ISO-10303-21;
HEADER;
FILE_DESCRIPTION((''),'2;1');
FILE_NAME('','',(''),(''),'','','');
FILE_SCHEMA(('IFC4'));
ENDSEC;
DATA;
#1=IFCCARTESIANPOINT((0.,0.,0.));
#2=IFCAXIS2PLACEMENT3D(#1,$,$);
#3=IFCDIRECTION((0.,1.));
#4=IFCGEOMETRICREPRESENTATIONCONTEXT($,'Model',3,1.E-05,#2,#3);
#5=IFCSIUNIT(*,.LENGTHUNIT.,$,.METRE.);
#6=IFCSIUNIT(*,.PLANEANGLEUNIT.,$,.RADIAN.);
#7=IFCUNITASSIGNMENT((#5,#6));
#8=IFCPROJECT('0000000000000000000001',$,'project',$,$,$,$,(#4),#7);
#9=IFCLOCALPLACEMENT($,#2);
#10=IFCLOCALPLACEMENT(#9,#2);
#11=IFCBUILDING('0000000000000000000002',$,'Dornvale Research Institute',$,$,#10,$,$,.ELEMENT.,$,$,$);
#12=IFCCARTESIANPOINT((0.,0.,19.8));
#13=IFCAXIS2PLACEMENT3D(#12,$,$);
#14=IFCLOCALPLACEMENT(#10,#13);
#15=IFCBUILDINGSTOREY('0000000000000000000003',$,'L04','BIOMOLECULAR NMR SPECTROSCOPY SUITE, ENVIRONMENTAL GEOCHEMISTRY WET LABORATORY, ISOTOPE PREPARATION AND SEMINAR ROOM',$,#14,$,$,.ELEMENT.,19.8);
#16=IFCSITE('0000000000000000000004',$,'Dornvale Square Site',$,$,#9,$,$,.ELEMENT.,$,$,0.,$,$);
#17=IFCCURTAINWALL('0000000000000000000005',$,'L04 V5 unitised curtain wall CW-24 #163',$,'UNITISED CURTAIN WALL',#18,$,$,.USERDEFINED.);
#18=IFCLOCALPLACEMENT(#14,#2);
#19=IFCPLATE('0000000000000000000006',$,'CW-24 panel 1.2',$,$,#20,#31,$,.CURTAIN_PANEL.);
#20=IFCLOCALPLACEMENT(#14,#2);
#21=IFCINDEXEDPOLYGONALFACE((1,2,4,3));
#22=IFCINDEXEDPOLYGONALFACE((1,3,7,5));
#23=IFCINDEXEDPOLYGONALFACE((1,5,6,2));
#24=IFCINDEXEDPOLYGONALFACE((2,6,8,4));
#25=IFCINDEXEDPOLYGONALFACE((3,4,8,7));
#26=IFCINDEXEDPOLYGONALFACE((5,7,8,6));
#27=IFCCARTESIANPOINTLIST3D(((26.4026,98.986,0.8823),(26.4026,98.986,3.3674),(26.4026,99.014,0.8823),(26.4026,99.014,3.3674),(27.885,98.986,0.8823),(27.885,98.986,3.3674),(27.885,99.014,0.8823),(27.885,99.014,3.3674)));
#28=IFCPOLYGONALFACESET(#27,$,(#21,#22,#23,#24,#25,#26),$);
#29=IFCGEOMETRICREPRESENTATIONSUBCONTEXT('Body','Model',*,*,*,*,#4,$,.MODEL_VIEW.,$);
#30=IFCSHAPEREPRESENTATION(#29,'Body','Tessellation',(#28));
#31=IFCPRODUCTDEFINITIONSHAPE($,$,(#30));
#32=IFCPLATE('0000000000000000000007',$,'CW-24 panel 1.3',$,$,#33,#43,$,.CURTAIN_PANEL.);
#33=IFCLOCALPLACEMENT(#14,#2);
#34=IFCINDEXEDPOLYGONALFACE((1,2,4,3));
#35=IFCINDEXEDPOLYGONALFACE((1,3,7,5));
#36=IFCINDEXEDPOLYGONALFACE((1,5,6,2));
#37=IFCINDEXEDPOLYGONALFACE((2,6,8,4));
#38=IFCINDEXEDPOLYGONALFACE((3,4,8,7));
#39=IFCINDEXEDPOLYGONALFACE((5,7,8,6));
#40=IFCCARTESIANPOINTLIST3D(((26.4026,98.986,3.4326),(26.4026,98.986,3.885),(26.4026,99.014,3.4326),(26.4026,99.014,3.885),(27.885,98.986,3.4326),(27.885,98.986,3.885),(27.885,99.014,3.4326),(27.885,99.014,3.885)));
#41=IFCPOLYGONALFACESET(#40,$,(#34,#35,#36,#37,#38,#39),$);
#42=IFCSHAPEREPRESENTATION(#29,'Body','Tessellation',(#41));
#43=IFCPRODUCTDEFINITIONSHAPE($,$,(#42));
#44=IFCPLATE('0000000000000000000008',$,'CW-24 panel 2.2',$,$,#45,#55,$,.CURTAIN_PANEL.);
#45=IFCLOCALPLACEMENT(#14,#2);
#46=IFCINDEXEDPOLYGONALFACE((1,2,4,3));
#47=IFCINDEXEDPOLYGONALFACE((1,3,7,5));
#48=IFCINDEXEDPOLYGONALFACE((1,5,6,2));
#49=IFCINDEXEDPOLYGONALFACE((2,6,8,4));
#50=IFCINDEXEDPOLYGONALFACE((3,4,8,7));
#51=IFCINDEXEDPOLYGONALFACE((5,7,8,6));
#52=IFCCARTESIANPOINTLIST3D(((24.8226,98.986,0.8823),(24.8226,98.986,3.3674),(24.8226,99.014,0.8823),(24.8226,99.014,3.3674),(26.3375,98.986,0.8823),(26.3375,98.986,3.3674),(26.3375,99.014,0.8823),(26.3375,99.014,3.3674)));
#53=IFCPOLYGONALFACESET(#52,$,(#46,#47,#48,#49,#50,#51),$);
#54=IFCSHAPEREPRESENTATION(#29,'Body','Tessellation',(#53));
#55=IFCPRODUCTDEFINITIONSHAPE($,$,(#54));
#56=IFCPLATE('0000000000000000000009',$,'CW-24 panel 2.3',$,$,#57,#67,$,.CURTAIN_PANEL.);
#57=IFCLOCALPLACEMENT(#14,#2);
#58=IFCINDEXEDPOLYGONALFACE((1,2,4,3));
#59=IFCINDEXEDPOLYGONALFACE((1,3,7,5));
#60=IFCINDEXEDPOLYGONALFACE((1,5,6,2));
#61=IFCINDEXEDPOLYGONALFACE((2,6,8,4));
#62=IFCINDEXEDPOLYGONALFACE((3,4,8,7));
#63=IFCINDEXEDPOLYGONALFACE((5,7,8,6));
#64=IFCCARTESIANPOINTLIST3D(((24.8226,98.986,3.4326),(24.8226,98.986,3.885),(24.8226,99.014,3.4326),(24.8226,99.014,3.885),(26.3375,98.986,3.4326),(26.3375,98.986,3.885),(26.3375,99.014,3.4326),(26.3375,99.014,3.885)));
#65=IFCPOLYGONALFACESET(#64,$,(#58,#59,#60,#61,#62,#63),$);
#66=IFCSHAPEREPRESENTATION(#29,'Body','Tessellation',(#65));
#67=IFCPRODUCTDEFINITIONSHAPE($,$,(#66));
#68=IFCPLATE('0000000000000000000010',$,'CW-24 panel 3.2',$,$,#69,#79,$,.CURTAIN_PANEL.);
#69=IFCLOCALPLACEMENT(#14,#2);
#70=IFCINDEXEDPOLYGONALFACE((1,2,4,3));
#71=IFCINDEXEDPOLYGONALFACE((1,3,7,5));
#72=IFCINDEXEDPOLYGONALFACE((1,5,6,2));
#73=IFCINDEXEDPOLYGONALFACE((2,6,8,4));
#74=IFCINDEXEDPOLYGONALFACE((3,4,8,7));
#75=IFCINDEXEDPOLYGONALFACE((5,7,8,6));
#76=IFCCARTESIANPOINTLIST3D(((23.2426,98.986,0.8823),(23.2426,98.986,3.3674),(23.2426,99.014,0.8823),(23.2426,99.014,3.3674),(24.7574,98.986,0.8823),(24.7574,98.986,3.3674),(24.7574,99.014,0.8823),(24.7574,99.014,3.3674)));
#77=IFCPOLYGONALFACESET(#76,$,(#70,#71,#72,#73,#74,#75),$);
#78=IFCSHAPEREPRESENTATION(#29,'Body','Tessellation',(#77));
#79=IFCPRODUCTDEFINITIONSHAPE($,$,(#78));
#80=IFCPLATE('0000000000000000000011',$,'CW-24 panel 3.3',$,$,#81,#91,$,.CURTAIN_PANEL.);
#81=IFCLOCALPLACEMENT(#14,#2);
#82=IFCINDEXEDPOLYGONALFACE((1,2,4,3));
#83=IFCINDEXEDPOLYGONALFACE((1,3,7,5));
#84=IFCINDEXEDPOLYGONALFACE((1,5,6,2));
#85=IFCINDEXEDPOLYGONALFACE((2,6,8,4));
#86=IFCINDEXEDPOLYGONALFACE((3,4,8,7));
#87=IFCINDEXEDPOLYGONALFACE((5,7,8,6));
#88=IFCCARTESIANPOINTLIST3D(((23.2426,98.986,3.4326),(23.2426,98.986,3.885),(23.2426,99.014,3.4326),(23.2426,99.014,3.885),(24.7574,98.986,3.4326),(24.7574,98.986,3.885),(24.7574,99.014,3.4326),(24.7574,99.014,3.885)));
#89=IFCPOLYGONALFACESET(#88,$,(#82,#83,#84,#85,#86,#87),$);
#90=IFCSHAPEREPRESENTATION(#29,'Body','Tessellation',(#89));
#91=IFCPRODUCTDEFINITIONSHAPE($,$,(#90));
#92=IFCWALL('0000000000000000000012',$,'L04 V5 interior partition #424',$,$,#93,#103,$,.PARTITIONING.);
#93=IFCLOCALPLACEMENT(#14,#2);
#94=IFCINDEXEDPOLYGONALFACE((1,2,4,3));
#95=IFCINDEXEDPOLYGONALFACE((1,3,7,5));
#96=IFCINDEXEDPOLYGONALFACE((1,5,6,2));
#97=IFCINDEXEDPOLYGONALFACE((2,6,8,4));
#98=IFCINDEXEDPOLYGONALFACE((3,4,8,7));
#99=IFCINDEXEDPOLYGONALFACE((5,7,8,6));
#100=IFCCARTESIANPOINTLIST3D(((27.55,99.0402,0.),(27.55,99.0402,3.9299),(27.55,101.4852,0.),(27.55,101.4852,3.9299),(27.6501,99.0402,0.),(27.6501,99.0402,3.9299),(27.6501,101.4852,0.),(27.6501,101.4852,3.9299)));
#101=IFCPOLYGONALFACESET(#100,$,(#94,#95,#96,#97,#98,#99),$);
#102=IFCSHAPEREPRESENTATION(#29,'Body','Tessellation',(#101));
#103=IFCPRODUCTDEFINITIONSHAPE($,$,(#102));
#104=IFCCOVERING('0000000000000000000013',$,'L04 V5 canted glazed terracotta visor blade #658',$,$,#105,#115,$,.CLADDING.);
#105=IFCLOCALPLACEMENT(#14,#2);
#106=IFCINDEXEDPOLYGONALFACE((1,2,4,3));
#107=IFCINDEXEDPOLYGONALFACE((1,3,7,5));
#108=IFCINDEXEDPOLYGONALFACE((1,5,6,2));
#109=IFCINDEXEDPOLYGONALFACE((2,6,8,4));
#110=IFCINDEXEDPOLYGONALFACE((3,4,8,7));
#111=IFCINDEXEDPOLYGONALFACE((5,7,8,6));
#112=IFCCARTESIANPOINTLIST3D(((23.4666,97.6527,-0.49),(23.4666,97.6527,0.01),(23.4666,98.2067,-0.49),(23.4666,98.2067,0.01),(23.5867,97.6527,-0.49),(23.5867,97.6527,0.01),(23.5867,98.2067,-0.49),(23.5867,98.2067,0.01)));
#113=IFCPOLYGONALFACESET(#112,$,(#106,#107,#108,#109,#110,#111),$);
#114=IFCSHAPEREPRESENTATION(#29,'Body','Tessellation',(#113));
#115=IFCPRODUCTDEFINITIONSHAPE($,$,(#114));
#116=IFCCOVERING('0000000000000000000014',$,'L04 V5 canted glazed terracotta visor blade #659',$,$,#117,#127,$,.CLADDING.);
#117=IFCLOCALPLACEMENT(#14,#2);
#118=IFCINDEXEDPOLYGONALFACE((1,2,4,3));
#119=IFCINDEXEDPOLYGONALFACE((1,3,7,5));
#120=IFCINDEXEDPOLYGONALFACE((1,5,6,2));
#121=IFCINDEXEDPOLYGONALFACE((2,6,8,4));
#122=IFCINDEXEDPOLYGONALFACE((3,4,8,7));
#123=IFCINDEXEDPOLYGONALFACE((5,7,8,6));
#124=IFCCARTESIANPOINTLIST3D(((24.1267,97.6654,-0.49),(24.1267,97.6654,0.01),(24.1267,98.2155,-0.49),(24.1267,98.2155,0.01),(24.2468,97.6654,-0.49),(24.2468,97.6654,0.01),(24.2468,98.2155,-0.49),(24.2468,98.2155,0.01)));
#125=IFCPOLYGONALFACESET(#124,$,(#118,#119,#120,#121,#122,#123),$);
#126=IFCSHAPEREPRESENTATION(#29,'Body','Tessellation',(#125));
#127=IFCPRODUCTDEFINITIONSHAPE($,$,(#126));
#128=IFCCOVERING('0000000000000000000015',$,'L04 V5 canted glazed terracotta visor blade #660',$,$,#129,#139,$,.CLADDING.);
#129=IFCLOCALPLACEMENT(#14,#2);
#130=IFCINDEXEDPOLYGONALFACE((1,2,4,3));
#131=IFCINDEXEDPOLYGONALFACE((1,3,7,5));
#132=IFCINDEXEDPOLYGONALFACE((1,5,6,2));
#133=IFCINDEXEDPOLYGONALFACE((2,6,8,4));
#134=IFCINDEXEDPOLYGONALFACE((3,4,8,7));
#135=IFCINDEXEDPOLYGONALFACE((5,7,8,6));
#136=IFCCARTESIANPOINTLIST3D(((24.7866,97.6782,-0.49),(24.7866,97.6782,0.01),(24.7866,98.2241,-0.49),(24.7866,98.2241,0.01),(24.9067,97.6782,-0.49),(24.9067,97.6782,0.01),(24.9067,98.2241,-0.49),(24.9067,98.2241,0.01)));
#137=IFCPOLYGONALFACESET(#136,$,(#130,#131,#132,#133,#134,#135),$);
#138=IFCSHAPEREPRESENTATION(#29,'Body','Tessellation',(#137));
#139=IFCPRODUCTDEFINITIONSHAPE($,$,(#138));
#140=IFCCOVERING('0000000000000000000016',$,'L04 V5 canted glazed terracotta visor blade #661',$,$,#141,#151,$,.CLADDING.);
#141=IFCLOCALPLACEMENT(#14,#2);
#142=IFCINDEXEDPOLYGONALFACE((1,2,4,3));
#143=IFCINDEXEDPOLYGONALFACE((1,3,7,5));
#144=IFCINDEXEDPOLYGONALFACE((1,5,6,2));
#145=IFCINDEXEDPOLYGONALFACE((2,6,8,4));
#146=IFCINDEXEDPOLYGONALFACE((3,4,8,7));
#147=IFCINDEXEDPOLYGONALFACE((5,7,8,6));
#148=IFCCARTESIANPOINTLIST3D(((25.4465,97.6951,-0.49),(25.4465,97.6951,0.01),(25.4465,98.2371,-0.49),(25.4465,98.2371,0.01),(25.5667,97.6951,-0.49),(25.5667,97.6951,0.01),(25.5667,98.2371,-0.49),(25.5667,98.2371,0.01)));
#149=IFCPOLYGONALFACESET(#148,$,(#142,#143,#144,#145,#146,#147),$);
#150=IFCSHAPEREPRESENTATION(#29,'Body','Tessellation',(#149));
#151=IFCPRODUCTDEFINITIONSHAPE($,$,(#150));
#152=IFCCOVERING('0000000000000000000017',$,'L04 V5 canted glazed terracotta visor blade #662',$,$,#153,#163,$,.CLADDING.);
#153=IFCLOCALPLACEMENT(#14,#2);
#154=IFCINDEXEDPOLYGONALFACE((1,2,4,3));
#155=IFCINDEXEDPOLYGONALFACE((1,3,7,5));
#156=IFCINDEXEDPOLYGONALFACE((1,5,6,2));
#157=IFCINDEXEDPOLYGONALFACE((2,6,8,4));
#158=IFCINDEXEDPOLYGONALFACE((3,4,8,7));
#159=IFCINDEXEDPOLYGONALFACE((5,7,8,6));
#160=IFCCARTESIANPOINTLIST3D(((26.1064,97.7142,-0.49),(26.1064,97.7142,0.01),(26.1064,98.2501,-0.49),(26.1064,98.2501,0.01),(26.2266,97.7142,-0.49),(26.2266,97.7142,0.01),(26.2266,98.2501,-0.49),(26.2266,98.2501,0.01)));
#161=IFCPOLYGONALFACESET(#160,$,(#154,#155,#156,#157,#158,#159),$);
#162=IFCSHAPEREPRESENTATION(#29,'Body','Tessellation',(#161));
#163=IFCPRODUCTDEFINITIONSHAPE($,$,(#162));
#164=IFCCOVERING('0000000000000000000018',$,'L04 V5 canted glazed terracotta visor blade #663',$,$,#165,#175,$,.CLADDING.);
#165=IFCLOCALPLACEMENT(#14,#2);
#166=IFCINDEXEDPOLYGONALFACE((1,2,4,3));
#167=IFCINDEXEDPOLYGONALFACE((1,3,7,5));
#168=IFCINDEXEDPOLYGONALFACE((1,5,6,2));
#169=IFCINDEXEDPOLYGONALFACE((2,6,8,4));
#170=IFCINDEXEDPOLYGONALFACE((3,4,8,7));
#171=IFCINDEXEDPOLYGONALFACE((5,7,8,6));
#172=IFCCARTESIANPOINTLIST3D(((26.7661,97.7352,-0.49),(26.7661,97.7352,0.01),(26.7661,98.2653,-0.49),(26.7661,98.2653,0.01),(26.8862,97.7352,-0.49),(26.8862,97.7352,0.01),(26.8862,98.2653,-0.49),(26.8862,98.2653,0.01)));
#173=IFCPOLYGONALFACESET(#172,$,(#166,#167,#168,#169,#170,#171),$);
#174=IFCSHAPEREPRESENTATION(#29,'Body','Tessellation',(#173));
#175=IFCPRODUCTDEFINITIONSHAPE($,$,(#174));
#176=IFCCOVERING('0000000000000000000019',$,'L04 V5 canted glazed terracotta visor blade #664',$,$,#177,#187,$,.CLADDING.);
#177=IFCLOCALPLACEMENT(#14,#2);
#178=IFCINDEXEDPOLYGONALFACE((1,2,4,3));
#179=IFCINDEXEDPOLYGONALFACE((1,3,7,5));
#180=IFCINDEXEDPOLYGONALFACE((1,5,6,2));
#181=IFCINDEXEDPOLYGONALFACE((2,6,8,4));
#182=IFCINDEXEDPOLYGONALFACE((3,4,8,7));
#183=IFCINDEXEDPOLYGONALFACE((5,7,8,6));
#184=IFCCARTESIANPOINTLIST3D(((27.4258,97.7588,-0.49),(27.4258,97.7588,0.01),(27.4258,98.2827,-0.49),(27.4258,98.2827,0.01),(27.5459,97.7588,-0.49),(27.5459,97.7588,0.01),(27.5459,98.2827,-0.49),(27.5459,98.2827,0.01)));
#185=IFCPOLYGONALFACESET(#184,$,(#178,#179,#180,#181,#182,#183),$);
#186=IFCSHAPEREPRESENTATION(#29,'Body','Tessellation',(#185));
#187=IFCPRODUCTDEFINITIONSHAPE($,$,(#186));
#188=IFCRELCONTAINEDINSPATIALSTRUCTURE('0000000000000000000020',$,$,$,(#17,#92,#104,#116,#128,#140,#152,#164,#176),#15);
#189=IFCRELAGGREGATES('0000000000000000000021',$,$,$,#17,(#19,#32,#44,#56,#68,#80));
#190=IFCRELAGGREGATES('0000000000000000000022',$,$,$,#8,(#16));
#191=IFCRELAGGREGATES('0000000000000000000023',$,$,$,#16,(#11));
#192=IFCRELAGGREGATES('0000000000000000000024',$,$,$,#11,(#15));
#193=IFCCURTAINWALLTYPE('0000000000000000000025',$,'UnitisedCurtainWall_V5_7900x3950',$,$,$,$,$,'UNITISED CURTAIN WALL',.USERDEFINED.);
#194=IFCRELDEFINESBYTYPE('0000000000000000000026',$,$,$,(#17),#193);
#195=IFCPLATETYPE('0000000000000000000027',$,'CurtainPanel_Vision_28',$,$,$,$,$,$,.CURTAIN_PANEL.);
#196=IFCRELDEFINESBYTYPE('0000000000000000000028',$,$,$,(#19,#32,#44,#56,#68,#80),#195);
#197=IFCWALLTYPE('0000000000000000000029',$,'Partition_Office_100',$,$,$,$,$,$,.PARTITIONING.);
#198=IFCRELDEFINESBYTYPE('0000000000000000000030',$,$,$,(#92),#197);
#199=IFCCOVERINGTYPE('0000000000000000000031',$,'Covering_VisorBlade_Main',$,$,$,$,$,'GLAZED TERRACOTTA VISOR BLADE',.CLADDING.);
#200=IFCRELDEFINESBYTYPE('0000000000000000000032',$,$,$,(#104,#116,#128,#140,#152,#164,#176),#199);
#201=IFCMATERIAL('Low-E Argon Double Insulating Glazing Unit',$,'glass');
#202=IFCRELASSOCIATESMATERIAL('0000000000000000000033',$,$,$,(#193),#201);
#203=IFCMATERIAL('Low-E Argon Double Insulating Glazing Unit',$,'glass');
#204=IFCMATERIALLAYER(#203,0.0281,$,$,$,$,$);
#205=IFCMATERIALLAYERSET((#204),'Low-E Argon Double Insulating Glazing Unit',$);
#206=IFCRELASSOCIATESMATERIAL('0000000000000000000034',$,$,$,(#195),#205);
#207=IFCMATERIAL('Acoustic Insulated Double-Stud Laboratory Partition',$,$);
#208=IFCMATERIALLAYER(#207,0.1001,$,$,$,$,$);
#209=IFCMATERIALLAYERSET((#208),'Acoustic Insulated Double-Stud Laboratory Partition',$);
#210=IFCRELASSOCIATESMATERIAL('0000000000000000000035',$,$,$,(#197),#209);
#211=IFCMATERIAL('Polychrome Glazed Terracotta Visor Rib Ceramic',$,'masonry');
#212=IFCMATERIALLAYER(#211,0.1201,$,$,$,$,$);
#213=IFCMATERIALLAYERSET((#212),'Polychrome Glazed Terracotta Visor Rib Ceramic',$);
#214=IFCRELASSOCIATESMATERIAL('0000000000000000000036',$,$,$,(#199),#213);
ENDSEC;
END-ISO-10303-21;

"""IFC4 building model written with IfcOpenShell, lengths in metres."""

from ifc_helpers import new_model, si_unit, direction, frame, frame_2d, origin, origin_2d, place, context, subcontext, project, spatial, rectangle, extrude, material, layer, layer_set, type_object, element, aggregate, save


model = new_model("IFC4")

# Units and contexts
model_context = context("Model", 3, precision=1e-05, world=origin(), true_north=direction((0.0, 1.0)))
body_context = subcontext(model_context, "Body", "Model", "MODEL_VIEW")
ifc_project = project(units=[si_unit("LENGTHUNIT", "METRE"), si_unit("PLANEANGLEUNIT", "RADIAN")], contexts=[model_context])

# Site, building, storey
site_placement = place(None, origin())
site = spatial("IfcSite", under=ifc_project, at=site_placement, Name="Dornvale Square Site", CompositionType="ELEMENT", RefElevation=0.0)
building_placement = place(site_placement, origin())
building = spatial("IfcBuilding", under=site, at=building_placement, Name="Dornvale Research Institute", CompositionType="ELEMENT")
storey_placement = place(building_placement, frame((0.0, 0.0, 19.8)))
storey = spatial("IfcBuildingStorey", under=building, at=storey_placement, Name="L04", Description="BIOMOLECULAR NMR SPECTROSCOPY SUITE, ENVIRONMENTAL GEOCHEMISTRY WET LABORATORY, ISOTOPE PREPARATION AND SEMINAR ROOM", CompositionType="ELEMENT", Elevation=19.8)

# Curtain wall, plates
ifc_material_1 = material(Name="Low-E Argon Double Insulating Glazing Unit", Category="glass")
curtain_wall_type = type_object("IfcCurtainWallType", Name="UnitisedCurtainWall_V5_7900x3950", ElementType="UNITISED CURTAIN WALL", PredefinedType="USERDEFINED", material=ifc_material_1)
curtain_wall_placement = place(storey_placement, origin())
curtain_wall = element("IfcCurtainWall", 1, at=curtain_wall_placement, inside=storey, type_object=curtain_wall_type, Name="L04 V5 unitised curtain wall CW-24 #163", ObjectType="UNITISED CURTAIN WALL", PredefinedType="USERDEFINED")
ifc_material_2 = material(Name="Low-E Argon Double Insulating Glazing Unit", Category="glass")
ifc_layer_1 = layer(ifc_material_2, 0.0281)
ifc_layer_set_1 = layer_set([ifc_layer_1], Name="Low-E Argon Double Insulating Glazing Unit")
plate_type_1 = type_object("IfcPlateType", Name="CurtainPanel_Vision_28", PredefinedType="CURTAIN_PANEL", material=ifc_layer_set_1)
plate_1_placement = place(storey_placement, frame((27.1438, 99.0, 0.8823), z_axis=(0.0, 0.0, 1.0), x_axis=(-1.0, 0.0, 0.0)))
plate_1 = element("IfcPlate", 2, at=plate_1_placement, type_object=plate_type_1, Name="CW-24 panel 1.2", PredefinedType="CURTAIN_PANEL", context=body_context, shape_type="SweptSolid", body=[
    extrude(rectangle(XDim=1.4824, YDim=0.0281, at=origin_2d()), origin(), (0.0, 0.0, 1.0), 2.4851),
])
plate_2_placement = place(storey_placement, frame((27.1438, 99.0, 3.4326), z_axis=(0.0, 0.0, 1.0), x_axis=(-1.0, 0.0, 0.0)))
plate_2 = element("IfcPlate", 3, at=plate_2_placement, type_object=plate_type_1, Name="CW-24 panel 1.3", PredefinedType="CURTAIN_PANEL", context=body_context, shape_type="SweptSolid", body=[
    extrude(rectangle(XDim=1.4824, YDim=0.0281, at=origin_2d()), origin(), (0.0, 0.0, 1.0), 0.4524),
])
plate_3_placement = place(storey_placement, frame((25.5801, 99.0, 0.8823), z_axis=(0.0, 0.0, 1.0), x_axis=(-1.0, 0.0, 0.0)))
plate_3 = element("IfcPlate", 4, at=plate_3_placement, type_object=plate_type_1, Name="CW-24 panel 2.2", PredefinedType="CURTAIN_PANEL", context=body_context, shape_type="SweptSolid", body=[
    extrude(rectangle(XDim=1.5149, YDim=0.0281, at=origin_2d()), origin(), (0.0, 0.0, 1.0), 2.4851),
])
plate_4_placement = place(storey_placement, frame((25.5801, 99.0, 3.4326), z_axis=(0.0, 0.0, 1.0), x_axis=(-1.0, 0.0, 0.0)))
plate_4 = element("IfcPlate", 5, at=plate_4_placement, type_object=plate_type_1, Name="CW-24 panel 2.3", PredefinedType="CURTAIN_PANEL", context=body_context, shape_type="SweptSolid", body=[
    extrude(rectangle(XDim=1.5149, YDim=0.0281, at=origin_2d()), origin(), (0.0, 0.0, 1.0), 0.4524),
])
plate_5_placement = place(storey_placement, frame((24.0, 99.0, 0.8823), z_axis=(0.0, 0.0, 1.0), x_axis=(-1.0, 0.0, 0.0)))
plate_5 = element("IfcPlate", 6, at=plate_5_placement, type_object=plate_type_1, Name="CW-24 panel 3.2", PredefinedType="CURTAIN_PANEL", context=body_context, shape_type="SweptSolid", body=[
    extrude(rectangle(XDim=1.5149, YDim=0.0281, at=origin_2d()), origin(), (0.0, 0.0, 1.0), 2.4851),
])
plate_6_placement = place(storey_placement, frame((24.0, 99.0, 3.4326), z_axis=(0.0, 0.0, 1.0), x_axis=(-1.0, 0.0, 0.0)))
plate_6 = element("IfcPlate", 7, at=plate_6_placement, type_object=plate_type_1, Name="CW-24 panel 3.3", PredefinedType="CURTAIN_PANEL", context=body_context, shape_type="SweptSolid", body=[
    extrude(rectangle(XDim=1.5149, YDim=0.0281, at=origin_2d()), origin(), (0.0, 0.0, 1.0), 0.4524),
])
aggregate(curtain_wall, [plate_1, plate_2, plate_3, plate_4, plate_5, plate_6])

# Wall
ifc_material_3 = material(Name="Acoustic Insulated Double-Stud Laboratory Partition")
ifc_layer_2 = layer(ifc_material_3, 0.1001)
ifc_layer_set_2 = layer_set([ifc_layer_2], Name="Acoustic Insulated Double-Stud Laboratory Partition")
wall_type = type_object("IfcWallType", Name="Partition_Office_100", PredefinedType="PARTITIONING", material=ifc_layer_set_2)
wall_placement = place(storey_placement, frame((27.6001, 99.04, 0.0), z_axis=(0.0, 0.0, 1.0), x_axis=(0.0, 1.0, 0.0)))
element("IfcWall", 8, at=wall_placement, inside=storey, type_object=wall_type, Name="L04 V5 interior partition #424", PredefinedType="PARTITIONING", context=body_context, shape_type="SweptSolid", body=[
    extrude(rectangle(XDim=2.4451, YDim=0.1001, at=frame_2d((1.2227, 0.0))), origin(), (0.0, 0.0, 1.0), 3.9299),
])

# Coverings
ifc_material_4 = material(Name="Polychrome Glazed Terracotta Visor Rib Ceramic", Category="masonry")
ifc_layer_3 = layer(ifc_material_4, 0.1201)
ifc_layer_set_3 = layer_set([ifc_layer_3], Name="Polychrome Glazed Terracotta Visor Rib Ceramic")
covering_type = type_object("IfcCoveringType", Name="Covering_VisorBlade_Main", ElementType="GLAZED TERRACOTTA VISOR BLADE", PredefinedType="CLADDING", material=ifc_layer_set_3)
covering_1_placement = place(storey_placement, frame((23.5266, 97.9297, -0.49), z_axis=(0.0, 0.0, 1.0), x_axis=(0.0, 1.0, 0.0)))
element("IfcCovering", 9, at=covering_1_placement, inside=storey, type_object=covering_type, Name="L04 V5 canted glazed terracotta visor blade #658", PredefinedType="CLADDING", context=body_context, shape_type="SweptSolid", body=[
    extrude(rectangle(XDim=0.554, YDim=0.1201, at=origin_2d()), origin(), (0.0, 0.0, 1.0), 0.5),
])
covering_2_placement = place(storey_placement, frame((24.1868, 97.9404, -0.49), z_axis=(0.0, 0.0, 1.0), x_axis=(0.0, 1.0, 0.0)))
element("IfcCovering", 10, at=covering_2_placement, inside=storey, type_object=covering_type, Name="L04 V5 canted glazed terracotta visor blade #659", PredefinedType="CLADDING", context=body_context, shape_type="SweptSolid", body=[
    extrude(rectangle(XDim=0.55, YDim=0.1201, at=origin_2d()), origin(), (0.0, 0.0, 1.0), 0.5),
])
covering_3_placement = place(storey_placement, frame((24.8467, 97.9512, -0.49), z_axis=(0.0, 0.0, 1.0), x_axis=(0.0, 1.0, 0.0)))
element("IfcCovering", 11, at=covering_3_placement, inside=storey, type_object=covering_type, Name="L04 V5 canted glazed terracotta visor blade #660", PredefinedType="CLADDING", context=body_context, shape_type="SweptSolid", body=[
    extrude(rectangle(XDim=0.5459, YDim=0.1201, at=origin_2d()), origin(), (0.0, 0.0, 1.0), 0.5),
])
covering_4_placement = place(storey_placement, frame((25.5066, 97.9661, -0.49), z_axis=(0.0, 0.0, 1.0), x_axis=(0.0, 1.0, 0.0)))
element("IfcCovering", 12, at=covering_4_placement, inside=storey, type_object=covering_type, Name="L04 V5 canted glazed terracotta visor blade #661", PredefinedType="CLADDING", context=body_context, shape_type="SweptSolid", body=[
    extrude(rectangle(XDim=0.542, YDim=0.1201, at=origin_2d()), origin(), (0.0, 0.0, 1.0), 0.5),
])
covering_5_placement = place(storey_placement, frame((26.1665, 97.9822, -0.49), z_axis=(0.0, 0.0, 1.0), x_axis=(0.0, 1.0, 0.0)))
element("IfcCovering", 13, at=covering_5_placement, inside=storey, type_object=covering_type, Name="L04 V5 canted glazed terracotta visor blade #662", PredefinedType="CLADDING", context=body_context, shape_type="SweptSolid", body=[
    extrude(rectangle(XDim=0.5359, YDim=0.1201, at=origin_2d()), origin(), (0.0, 0.0, 1.0), 0.5),
])
covering_6_placement = place(storey_placement, frame((26.8262, 98.0002, -0.49), z_axis=(0.0, 0.0, 1.0), x_axis=(0.0, 1.0, 0.0)))
element("IfcCovering", 14, at=covering_6_placement, inside=storey, type_object=covering_type, Name="L04 V5 canted glazed terracotta visor blade #663", PredefinedType="CLADDING", context=body_context, shape_type="SweptSolid", body=[
    extrude(rectangle(XDim=0.53, YDim=0.1201, at=origin_2d()), origin(), (0.0, 0.0, 1.0), 0.5),
])
covering_7_placement = place(storey_placement, frame((27.4858, 98.0208, -0.49), z_axis=(0.0, 0.0, 1.0), x_axis=(0.0, 1.0, 0.0)))
element("IfcCovering", 15, at=covering_7_placement, inside=storey, type_object=covering_type, Name="L04 V5 canted glazed terracotta visor blade #664", PredefinedType="CLADDING", context=body_context, shape_type="SweptSolid", body=[
    extrude(rectangle(XDim=0.5239, YDim=0.1201, at=origin_2d()), origin(), (0.0, 0.0, 1.0), 0.5),
])

save(model, "model.ifc")
